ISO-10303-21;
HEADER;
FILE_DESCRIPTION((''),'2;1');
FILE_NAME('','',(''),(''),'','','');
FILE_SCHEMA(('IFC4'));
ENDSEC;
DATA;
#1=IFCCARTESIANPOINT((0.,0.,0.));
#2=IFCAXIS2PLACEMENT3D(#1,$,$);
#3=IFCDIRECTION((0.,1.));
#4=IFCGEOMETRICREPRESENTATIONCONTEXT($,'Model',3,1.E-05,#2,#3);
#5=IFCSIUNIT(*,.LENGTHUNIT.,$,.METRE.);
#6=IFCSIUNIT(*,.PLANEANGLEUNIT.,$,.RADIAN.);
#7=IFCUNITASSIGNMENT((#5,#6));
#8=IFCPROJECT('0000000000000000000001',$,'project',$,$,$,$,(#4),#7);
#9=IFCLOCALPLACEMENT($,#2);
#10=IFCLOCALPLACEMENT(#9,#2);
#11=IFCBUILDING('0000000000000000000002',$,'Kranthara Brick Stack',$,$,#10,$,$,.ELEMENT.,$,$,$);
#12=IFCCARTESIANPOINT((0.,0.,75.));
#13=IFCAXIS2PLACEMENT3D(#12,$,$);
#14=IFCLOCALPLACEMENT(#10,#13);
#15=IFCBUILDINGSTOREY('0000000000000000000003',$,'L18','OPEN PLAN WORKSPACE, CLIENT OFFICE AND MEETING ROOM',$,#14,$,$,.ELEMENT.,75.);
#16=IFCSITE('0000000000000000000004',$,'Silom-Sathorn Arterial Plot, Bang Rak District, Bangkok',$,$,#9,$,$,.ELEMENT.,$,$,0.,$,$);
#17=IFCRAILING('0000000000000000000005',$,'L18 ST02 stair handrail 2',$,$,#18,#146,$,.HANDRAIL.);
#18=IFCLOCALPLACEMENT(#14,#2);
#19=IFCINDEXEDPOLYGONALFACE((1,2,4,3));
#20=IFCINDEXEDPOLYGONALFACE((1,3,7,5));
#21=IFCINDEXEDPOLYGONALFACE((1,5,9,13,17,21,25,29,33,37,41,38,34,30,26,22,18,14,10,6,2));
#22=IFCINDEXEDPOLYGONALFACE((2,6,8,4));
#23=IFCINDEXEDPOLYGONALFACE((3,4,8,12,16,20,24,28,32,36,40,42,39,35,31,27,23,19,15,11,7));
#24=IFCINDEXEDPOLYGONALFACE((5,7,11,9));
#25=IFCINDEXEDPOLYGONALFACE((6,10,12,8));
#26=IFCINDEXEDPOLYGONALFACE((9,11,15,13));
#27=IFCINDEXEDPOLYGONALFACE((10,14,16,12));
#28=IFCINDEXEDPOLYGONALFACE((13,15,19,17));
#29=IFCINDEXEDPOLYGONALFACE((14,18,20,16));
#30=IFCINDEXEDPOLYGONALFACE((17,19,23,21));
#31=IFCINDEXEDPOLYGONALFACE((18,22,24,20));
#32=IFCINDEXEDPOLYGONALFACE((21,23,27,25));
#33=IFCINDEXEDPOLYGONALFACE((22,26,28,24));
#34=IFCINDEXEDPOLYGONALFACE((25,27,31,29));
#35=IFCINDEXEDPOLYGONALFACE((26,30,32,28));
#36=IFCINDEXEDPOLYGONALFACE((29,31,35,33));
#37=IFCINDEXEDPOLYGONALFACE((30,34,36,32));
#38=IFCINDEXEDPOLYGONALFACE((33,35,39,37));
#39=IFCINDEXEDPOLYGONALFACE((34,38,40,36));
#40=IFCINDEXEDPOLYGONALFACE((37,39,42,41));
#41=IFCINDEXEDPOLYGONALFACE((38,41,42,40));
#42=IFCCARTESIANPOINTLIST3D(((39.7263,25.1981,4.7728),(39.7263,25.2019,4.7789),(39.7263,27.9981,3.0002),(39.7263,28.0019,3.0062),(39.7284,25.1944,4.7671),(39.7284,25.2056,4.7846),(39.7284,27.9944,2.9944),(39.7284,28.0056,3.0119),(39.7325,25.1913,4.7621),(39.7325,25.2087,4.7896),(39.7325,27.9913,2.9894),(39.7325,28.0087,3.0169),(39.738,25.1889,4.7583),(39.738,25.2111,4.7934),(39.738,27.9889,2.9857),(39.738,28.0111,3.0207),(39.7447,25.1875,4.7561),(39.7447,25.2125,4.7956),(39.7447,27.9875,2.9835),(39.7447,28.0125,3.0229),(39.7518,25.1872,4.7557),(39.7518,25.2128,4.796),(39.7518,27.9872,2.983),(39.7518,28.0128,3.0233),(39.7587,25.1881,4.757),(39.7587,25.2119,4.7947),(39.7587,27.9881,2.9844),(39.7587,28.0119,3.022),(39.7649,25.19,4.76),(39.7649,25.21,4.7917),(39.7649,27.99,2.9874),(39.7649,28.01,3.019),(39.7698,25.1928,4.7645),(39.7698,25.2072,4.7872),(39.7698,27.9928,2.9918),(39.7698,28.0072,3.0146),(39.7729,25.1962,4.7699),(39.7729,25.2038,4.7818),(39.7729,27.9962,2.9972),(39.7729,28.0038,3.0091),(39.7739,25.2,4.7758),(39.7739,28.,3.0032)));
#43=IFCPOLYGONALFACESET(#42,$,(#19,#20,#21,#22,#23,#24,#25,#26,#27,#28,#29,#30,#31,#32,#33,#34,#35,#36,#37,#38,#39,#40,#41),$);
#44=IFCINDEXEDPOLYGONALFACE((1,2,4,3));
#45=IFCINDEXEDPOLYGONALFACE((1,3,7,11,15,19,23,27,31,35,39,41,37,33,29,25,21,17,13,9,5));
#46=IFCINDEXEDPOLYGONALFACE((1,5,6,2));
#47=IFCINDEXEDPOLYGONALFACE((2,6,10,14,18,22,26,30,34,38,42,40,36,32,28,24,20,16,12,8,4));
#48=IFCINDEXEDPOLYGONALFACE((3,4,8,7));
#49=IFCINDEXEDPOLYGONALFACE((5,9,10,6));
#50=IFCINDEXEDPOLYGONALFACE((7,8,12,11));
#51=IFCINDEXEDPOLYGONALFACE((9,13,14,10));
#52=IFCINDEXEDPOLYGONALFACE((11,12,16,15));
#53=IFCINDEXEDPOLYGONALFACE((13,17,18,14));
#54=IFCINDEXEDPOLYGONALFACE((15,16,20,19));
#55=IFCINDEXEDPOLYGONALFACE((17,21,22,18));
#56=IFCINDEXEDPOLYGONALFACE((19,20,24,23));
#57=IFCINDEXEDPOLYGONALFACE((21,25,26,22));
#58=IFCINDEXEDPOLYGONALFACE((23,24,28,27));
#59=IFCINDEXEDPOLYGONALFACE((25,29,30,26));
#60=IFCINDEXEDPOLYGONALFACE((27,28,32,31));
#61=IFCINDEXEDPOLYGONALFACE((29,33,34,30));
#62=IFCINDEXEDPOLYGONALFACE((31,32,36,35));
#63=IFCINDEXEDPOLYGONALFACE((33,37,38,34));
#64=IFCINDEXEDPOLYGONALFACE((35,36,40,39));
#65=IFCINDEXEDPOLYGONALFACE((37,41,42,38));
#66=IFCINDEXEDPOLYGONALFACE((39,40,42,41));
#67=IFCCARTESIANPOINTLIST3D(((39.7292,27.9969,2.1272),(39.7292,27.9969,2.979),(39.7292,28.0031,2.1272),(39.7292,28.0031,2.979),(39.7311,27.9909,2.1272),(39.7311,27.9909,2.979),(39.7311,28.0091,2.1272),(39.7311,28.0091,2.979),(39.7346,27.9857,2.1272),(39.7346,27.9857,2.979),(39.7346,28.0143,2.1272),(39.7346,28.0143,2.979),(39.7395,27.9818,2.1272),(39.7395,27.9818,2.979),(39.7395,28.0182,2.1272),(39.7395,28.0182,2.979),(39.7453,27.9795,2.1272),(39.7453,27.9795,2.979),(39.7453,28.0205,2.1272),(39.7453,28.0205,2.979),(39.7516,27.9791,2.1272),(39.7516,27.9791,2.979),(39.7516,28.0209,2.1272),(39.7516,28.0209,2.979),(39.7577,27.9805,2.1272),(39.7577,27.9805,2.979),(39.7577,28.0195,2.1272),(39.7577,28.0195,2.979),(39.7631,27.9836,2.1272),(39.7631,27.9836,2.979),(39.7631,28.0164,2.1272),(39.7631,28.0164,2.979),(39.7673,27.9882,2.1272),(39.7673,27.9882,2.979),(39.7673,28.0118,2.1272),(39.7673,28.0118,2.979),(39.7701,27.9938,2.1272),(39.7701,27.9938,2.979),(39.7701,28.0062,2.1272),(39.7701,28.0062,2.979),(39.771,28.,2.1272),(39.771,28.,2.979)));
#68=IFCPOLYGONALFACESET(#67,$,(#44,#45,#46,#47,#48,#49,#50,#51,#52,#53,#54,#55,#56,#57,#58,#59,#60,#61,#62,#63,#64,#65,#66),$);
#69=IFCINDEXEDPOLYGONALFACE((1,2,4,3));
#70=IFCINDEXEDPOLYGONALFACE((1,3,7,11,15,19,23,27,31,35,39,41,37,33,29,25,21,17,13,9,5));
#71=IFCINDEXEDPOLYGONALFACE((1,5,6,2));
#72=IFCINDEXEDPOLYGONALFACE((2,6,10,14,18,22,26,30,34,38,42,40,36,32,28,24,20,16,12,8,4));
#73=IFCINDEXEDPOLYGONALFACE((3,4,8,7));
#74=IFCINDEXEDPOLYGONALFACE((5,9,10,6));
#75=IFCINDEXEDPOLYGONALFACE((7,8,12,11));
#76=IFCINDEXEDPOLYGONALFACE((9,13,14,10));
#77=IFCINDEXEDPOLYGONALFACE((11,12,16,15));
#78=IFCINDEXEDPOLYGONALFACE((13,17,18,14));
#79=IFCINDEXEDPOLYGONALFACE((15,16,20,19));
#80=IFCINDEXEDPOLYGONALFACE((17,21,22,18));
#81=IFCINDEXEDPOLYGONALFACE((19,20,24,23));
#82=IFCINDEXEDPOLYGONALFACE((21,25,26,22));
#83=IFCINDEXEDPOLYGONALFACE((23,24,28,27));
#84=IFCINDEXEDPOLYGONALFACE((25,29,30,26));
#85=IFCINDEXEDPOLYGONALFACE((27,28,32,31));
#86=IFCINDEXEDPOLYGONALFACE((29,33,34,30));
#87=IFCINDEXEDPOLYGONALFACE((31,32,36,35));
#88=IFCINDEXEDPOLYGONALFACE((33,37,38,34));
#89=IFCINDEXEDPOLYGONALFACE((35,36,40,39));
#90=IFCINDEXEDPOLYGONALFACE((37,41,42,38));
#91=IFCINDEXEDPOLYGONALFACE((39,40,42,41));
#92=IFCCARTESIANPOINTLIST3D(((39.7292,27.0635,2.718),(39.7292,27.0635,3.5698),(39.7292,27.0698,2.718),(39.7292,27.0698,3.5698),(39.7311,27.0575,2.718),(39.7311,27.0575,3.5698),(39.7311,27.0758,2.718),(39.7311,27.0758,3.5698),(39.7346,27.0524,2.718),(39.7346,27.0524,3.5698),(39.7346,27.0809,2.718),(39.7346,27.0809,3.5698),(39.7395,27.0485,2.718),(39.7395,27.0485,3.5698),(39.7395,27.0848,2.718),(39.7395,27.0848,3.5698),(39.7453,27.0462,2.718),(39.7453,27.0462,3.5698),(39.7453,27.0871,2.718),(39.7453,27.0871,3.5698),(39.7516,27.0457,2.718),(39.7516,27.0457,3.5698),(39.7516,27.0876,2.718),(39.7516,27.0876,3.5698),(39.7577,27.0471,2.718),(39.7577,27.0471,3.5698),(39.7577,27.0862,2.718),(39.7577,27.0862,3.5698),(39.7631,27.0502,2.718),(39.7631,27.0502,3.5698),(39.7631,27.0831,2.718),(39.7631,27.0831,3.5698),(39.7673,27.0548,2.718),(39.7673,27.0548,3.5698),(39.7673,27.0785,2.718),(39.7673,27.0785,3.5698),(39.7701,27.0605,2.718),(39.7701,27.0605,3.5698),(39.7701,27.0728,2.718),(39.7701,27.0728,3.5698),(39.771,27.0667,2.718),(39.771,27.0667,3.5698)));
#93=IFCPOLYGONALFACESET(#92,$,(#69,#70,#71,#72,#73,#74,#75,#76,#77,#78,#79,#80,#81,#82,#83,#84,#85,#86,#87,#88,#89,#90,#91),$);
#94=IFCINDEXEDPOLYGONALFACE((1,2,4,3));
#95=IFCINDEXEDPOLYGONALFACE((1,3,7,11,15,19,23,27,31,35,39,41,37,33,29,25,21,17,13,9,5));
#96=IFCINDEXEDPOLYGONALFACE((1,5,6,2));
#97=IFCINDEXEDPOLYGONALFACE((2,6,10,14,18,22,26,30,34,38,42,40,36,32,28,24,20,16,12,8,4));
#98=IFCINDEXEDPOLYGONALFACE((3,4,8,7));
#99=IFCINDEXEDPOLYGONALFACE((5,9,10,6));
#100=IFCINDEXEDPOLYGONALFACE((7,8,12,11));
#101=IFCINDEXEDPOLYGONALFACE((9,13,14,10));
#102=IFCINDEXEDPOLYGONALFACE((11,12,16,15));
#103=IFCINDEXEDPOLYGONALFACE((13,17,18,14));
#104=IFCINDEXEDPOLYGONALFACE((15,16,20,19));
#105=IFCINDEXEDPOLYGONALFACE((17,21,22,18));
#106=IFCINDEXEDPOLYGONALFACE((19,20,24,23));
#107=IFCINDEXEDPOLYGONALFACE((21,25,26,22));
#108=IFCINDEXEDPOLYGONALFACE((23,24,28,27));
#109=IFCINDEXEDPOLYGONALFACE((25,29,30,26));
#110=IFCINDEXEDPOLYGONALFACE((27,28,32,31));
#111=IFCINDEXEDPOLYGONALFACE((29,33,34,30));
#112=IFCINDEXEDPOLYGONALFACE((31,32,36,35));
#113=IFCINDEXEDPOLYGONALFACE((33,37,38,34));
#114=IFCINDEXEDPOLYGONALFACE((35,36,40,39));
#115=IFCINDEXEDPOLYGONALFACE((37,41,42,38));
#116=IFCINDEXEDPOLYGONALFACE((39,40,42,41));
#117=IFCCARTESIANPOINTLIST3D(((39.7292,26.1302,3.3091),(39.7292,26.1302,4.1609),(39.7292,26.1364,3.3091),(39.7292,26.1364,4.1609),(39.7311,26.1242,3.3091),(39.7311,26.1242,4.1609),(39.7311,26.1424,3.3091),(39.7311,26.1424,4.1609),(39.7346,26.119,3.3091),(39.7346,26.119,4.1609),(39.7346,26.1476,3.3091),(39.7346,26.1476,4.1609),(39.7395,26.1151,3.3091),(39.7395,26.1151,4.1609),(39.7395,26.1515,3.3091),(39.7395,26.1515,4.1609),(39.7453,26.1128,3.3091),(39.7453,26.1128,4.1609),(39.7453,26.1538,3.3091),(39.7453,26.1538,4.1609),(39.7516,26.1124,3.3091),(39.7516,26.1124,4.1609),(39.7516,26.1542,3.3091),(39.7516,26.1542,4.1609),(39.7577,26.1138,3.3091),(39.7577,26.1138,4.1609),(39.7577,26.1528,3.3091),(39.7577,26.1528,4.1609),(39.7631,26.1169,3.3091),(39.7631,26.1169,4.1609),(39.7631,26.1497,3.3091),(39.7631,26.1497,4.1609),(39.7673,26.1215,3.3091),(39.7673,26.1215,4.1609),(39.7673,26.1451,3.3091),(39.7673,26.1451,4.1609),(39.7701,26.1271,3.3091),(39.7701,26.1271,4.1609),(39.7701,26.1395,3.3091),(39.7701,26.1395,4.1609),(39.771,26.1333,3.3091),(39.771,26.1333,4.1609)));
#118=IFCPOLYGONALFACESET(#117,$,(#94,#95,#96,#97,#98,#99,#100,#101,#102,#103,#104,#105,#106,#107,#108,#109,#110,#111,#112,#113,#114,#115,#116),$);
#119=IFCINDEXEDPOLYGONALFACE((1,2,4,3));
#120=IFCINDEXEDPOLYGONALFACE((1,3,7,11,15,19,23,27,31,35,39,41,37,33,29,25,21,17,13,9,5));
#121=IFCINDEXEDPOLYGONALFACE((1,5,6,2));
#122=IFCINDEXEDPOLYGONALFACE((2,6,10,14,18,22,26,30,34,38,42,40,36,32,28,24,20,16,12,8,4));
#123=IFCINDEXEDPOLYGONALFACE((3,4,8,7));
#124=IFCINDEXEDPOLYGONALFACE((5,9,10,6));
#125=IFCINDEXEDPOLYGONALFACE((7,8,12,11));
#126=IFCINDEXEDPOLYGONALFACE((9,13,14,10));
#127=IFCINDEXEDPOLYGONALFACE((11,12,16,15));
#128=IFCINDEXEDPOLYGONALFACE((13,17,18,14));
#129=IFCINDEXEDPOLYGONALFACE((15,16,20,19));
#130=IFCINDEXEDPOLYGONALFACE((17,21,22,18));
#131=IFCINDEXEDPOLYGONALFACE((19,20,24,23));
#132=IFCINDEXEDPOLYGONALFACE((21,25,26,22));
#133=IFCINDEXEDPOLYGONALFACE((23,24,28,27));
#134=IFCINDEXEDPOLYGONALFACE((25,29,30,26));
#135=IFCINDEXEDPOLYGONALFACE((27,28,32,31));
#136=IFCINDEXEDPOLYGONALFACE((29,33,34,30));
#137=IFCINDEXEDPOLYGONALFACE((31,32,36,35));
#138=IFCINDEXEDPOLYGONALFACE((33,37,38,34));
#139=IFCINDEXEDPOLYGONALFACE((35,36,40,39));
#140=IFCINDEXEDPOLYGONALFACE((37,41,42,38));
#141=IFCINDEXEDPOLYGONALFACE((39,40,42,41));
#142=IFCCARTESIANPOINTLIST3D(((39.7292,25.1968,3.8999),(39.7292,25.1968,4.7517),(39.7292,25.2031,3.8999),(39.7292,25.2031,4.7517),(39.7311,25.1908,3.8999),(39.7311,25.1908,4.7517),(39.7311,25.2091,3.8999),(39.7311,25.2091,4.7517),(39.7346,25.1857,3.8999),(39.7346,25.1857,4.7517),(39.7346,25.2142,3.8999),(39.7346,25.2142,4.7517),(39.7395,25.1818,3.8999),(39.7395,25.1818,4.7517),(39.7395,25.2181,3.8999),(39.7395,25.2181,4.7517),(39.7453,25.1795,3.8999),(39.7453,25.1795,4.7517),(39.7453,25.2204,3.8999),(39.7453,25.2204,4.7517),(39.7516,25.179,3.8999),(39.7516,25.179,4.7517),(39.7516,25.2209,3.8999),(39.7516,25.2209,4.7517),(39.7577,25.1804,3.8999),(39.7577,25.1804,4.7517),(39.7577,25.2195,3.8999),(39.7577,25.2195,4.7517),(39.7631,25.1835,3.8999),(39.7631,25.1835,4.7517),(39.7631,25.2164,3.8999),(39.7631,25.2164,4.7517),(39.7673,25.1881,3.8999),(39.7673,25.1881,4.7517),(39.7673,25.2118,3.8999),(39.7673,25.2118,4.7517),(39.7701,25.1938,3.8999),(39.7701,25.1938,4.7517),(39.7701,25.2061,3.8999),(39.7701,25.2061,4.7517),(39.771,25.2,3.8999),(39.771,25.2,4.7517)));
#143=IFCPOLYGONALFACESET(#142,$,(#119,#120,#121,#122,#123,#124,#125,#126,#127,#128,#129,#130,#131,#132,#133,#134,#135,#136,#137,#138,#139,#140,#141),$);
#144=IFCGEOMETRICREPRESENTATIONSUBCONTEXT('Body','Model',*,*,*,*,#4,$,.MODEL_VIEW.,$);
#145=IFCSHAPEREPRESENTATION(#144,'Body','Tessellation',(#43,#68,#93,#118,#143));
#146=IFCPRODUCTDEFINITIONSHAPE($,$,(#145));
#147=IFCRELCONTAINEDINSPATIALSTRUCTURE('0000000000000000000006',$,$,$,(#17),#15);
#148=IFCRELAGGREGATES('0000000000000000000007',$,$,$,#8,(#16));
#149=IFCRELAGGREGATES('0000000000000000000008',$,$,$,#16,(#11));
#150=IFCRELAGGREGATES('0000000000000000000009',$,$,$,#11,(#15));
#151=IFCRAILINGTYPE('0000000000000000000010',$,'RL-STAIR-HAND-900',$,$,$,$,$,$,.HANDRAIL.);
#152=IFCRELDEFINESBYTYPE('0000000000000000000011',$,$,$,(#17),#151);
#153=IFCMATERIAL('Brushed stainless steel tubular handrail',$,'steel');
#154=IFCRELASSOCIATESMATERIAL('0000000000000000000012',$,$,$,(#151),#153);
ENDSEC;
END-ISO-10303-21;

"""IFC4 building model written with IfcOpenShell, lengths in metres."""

from ifc_helpers import new_model, si_unit, direction, frame, origin, origin_2d, place, context, subcontext, project, spatial, circle, extrude, material, type_object, element, save


model = new_model("IFC4")

# Units and contexts
model_context = context("Model", 3, precision=1e-05, world=origin(), true_north=direction((0.0, 1.0)))
body_context = subcontext(model_context, "Body", "Model", "MODEL_VIEW")
ifc_project = project(units=[si_unit("LENGTHUNIT", "METRE"), si_unit("PLANEANGLEUNIT", "RADIAN")], contexts=[model_context])

# Site, building, storey
site_placement = place(None, origin())
site = spatial("IfcSite", under=ifc_project, at=site_placement, Name="Silom-Sathorn Arterial Plot, Bang Rak District, Bangkok", CompositionType="ELEMENT", RefElevation=0.0)
building_placement = place(site_placement, origin())
building = spatial("IfcBuilding", under=site, at=building_placement, Name="Kranthara Brick Stack", CompositionType="ELEMENT")
storey_placement = place(building_placement, frame((0.0, 0.0, 75.0)))
storey = spatial("IfcBuildingStorey", under=building, at=storey_placement, Name="L18", Description="OPEN PLAN WORKSPACE, CLIENT OFFICE AND MEETING ROOM", CompositionType="ELEMENT", Elevation=75.0)

# Railing
ifc_material_1 = material(Name="Brushed stainless steel tubular handrail", Category="steel")
railing_type_1 = type_object("IfcRailingType", Name="RL-STAIR-HAND-900", PredefinedType="HANDRAIL", material=ifc_material_1)
railing_1_placement = place(storey_placement, frame((39.75, 28.0, 2.1272)))
element("IfcRailing", 1, at=railing_1_placement, inside=storey, type_object=railing_type_1, Name="L18 ST02 stair handrail 2", PredefinedType="HANDRAIL", context=body_context, shape_type="SweptSolid", body=[
    extrude(circle(Radius=0.0239, at=origin_2d()), frame((0.0, 0.0, 0.876), z_axis=(0.0, -0.844909, 0.53491), x_axis=(1.0, 0.0, 0.0)), (0.0, 0.0, 1.0), 3.314),
    extrude(circle(Radius=0.021, at=origin_2d()), origin(), (0.0, 0.0, 1.0), 0.8518),
    extrude(circle(Radius=0.021, at=origin_2d()), frame((0.0, -0.9333, 0.5908)), (0.0, 0.0, 1.0), 0.8518),
    extrude(circle(Radius=0.021, at=origin_2d()), frame((0.0, -1.8667, 1.1819)), (0.0, 0.0, 1.0), 0.8518),
    extrude(circle(Radius=0.021, at=origin_2d()), frame((0.0, -2.8, 1.7727)), (0.0, 0.0, 1.0), 0.8518),
])

save(model, "model.ifc")
